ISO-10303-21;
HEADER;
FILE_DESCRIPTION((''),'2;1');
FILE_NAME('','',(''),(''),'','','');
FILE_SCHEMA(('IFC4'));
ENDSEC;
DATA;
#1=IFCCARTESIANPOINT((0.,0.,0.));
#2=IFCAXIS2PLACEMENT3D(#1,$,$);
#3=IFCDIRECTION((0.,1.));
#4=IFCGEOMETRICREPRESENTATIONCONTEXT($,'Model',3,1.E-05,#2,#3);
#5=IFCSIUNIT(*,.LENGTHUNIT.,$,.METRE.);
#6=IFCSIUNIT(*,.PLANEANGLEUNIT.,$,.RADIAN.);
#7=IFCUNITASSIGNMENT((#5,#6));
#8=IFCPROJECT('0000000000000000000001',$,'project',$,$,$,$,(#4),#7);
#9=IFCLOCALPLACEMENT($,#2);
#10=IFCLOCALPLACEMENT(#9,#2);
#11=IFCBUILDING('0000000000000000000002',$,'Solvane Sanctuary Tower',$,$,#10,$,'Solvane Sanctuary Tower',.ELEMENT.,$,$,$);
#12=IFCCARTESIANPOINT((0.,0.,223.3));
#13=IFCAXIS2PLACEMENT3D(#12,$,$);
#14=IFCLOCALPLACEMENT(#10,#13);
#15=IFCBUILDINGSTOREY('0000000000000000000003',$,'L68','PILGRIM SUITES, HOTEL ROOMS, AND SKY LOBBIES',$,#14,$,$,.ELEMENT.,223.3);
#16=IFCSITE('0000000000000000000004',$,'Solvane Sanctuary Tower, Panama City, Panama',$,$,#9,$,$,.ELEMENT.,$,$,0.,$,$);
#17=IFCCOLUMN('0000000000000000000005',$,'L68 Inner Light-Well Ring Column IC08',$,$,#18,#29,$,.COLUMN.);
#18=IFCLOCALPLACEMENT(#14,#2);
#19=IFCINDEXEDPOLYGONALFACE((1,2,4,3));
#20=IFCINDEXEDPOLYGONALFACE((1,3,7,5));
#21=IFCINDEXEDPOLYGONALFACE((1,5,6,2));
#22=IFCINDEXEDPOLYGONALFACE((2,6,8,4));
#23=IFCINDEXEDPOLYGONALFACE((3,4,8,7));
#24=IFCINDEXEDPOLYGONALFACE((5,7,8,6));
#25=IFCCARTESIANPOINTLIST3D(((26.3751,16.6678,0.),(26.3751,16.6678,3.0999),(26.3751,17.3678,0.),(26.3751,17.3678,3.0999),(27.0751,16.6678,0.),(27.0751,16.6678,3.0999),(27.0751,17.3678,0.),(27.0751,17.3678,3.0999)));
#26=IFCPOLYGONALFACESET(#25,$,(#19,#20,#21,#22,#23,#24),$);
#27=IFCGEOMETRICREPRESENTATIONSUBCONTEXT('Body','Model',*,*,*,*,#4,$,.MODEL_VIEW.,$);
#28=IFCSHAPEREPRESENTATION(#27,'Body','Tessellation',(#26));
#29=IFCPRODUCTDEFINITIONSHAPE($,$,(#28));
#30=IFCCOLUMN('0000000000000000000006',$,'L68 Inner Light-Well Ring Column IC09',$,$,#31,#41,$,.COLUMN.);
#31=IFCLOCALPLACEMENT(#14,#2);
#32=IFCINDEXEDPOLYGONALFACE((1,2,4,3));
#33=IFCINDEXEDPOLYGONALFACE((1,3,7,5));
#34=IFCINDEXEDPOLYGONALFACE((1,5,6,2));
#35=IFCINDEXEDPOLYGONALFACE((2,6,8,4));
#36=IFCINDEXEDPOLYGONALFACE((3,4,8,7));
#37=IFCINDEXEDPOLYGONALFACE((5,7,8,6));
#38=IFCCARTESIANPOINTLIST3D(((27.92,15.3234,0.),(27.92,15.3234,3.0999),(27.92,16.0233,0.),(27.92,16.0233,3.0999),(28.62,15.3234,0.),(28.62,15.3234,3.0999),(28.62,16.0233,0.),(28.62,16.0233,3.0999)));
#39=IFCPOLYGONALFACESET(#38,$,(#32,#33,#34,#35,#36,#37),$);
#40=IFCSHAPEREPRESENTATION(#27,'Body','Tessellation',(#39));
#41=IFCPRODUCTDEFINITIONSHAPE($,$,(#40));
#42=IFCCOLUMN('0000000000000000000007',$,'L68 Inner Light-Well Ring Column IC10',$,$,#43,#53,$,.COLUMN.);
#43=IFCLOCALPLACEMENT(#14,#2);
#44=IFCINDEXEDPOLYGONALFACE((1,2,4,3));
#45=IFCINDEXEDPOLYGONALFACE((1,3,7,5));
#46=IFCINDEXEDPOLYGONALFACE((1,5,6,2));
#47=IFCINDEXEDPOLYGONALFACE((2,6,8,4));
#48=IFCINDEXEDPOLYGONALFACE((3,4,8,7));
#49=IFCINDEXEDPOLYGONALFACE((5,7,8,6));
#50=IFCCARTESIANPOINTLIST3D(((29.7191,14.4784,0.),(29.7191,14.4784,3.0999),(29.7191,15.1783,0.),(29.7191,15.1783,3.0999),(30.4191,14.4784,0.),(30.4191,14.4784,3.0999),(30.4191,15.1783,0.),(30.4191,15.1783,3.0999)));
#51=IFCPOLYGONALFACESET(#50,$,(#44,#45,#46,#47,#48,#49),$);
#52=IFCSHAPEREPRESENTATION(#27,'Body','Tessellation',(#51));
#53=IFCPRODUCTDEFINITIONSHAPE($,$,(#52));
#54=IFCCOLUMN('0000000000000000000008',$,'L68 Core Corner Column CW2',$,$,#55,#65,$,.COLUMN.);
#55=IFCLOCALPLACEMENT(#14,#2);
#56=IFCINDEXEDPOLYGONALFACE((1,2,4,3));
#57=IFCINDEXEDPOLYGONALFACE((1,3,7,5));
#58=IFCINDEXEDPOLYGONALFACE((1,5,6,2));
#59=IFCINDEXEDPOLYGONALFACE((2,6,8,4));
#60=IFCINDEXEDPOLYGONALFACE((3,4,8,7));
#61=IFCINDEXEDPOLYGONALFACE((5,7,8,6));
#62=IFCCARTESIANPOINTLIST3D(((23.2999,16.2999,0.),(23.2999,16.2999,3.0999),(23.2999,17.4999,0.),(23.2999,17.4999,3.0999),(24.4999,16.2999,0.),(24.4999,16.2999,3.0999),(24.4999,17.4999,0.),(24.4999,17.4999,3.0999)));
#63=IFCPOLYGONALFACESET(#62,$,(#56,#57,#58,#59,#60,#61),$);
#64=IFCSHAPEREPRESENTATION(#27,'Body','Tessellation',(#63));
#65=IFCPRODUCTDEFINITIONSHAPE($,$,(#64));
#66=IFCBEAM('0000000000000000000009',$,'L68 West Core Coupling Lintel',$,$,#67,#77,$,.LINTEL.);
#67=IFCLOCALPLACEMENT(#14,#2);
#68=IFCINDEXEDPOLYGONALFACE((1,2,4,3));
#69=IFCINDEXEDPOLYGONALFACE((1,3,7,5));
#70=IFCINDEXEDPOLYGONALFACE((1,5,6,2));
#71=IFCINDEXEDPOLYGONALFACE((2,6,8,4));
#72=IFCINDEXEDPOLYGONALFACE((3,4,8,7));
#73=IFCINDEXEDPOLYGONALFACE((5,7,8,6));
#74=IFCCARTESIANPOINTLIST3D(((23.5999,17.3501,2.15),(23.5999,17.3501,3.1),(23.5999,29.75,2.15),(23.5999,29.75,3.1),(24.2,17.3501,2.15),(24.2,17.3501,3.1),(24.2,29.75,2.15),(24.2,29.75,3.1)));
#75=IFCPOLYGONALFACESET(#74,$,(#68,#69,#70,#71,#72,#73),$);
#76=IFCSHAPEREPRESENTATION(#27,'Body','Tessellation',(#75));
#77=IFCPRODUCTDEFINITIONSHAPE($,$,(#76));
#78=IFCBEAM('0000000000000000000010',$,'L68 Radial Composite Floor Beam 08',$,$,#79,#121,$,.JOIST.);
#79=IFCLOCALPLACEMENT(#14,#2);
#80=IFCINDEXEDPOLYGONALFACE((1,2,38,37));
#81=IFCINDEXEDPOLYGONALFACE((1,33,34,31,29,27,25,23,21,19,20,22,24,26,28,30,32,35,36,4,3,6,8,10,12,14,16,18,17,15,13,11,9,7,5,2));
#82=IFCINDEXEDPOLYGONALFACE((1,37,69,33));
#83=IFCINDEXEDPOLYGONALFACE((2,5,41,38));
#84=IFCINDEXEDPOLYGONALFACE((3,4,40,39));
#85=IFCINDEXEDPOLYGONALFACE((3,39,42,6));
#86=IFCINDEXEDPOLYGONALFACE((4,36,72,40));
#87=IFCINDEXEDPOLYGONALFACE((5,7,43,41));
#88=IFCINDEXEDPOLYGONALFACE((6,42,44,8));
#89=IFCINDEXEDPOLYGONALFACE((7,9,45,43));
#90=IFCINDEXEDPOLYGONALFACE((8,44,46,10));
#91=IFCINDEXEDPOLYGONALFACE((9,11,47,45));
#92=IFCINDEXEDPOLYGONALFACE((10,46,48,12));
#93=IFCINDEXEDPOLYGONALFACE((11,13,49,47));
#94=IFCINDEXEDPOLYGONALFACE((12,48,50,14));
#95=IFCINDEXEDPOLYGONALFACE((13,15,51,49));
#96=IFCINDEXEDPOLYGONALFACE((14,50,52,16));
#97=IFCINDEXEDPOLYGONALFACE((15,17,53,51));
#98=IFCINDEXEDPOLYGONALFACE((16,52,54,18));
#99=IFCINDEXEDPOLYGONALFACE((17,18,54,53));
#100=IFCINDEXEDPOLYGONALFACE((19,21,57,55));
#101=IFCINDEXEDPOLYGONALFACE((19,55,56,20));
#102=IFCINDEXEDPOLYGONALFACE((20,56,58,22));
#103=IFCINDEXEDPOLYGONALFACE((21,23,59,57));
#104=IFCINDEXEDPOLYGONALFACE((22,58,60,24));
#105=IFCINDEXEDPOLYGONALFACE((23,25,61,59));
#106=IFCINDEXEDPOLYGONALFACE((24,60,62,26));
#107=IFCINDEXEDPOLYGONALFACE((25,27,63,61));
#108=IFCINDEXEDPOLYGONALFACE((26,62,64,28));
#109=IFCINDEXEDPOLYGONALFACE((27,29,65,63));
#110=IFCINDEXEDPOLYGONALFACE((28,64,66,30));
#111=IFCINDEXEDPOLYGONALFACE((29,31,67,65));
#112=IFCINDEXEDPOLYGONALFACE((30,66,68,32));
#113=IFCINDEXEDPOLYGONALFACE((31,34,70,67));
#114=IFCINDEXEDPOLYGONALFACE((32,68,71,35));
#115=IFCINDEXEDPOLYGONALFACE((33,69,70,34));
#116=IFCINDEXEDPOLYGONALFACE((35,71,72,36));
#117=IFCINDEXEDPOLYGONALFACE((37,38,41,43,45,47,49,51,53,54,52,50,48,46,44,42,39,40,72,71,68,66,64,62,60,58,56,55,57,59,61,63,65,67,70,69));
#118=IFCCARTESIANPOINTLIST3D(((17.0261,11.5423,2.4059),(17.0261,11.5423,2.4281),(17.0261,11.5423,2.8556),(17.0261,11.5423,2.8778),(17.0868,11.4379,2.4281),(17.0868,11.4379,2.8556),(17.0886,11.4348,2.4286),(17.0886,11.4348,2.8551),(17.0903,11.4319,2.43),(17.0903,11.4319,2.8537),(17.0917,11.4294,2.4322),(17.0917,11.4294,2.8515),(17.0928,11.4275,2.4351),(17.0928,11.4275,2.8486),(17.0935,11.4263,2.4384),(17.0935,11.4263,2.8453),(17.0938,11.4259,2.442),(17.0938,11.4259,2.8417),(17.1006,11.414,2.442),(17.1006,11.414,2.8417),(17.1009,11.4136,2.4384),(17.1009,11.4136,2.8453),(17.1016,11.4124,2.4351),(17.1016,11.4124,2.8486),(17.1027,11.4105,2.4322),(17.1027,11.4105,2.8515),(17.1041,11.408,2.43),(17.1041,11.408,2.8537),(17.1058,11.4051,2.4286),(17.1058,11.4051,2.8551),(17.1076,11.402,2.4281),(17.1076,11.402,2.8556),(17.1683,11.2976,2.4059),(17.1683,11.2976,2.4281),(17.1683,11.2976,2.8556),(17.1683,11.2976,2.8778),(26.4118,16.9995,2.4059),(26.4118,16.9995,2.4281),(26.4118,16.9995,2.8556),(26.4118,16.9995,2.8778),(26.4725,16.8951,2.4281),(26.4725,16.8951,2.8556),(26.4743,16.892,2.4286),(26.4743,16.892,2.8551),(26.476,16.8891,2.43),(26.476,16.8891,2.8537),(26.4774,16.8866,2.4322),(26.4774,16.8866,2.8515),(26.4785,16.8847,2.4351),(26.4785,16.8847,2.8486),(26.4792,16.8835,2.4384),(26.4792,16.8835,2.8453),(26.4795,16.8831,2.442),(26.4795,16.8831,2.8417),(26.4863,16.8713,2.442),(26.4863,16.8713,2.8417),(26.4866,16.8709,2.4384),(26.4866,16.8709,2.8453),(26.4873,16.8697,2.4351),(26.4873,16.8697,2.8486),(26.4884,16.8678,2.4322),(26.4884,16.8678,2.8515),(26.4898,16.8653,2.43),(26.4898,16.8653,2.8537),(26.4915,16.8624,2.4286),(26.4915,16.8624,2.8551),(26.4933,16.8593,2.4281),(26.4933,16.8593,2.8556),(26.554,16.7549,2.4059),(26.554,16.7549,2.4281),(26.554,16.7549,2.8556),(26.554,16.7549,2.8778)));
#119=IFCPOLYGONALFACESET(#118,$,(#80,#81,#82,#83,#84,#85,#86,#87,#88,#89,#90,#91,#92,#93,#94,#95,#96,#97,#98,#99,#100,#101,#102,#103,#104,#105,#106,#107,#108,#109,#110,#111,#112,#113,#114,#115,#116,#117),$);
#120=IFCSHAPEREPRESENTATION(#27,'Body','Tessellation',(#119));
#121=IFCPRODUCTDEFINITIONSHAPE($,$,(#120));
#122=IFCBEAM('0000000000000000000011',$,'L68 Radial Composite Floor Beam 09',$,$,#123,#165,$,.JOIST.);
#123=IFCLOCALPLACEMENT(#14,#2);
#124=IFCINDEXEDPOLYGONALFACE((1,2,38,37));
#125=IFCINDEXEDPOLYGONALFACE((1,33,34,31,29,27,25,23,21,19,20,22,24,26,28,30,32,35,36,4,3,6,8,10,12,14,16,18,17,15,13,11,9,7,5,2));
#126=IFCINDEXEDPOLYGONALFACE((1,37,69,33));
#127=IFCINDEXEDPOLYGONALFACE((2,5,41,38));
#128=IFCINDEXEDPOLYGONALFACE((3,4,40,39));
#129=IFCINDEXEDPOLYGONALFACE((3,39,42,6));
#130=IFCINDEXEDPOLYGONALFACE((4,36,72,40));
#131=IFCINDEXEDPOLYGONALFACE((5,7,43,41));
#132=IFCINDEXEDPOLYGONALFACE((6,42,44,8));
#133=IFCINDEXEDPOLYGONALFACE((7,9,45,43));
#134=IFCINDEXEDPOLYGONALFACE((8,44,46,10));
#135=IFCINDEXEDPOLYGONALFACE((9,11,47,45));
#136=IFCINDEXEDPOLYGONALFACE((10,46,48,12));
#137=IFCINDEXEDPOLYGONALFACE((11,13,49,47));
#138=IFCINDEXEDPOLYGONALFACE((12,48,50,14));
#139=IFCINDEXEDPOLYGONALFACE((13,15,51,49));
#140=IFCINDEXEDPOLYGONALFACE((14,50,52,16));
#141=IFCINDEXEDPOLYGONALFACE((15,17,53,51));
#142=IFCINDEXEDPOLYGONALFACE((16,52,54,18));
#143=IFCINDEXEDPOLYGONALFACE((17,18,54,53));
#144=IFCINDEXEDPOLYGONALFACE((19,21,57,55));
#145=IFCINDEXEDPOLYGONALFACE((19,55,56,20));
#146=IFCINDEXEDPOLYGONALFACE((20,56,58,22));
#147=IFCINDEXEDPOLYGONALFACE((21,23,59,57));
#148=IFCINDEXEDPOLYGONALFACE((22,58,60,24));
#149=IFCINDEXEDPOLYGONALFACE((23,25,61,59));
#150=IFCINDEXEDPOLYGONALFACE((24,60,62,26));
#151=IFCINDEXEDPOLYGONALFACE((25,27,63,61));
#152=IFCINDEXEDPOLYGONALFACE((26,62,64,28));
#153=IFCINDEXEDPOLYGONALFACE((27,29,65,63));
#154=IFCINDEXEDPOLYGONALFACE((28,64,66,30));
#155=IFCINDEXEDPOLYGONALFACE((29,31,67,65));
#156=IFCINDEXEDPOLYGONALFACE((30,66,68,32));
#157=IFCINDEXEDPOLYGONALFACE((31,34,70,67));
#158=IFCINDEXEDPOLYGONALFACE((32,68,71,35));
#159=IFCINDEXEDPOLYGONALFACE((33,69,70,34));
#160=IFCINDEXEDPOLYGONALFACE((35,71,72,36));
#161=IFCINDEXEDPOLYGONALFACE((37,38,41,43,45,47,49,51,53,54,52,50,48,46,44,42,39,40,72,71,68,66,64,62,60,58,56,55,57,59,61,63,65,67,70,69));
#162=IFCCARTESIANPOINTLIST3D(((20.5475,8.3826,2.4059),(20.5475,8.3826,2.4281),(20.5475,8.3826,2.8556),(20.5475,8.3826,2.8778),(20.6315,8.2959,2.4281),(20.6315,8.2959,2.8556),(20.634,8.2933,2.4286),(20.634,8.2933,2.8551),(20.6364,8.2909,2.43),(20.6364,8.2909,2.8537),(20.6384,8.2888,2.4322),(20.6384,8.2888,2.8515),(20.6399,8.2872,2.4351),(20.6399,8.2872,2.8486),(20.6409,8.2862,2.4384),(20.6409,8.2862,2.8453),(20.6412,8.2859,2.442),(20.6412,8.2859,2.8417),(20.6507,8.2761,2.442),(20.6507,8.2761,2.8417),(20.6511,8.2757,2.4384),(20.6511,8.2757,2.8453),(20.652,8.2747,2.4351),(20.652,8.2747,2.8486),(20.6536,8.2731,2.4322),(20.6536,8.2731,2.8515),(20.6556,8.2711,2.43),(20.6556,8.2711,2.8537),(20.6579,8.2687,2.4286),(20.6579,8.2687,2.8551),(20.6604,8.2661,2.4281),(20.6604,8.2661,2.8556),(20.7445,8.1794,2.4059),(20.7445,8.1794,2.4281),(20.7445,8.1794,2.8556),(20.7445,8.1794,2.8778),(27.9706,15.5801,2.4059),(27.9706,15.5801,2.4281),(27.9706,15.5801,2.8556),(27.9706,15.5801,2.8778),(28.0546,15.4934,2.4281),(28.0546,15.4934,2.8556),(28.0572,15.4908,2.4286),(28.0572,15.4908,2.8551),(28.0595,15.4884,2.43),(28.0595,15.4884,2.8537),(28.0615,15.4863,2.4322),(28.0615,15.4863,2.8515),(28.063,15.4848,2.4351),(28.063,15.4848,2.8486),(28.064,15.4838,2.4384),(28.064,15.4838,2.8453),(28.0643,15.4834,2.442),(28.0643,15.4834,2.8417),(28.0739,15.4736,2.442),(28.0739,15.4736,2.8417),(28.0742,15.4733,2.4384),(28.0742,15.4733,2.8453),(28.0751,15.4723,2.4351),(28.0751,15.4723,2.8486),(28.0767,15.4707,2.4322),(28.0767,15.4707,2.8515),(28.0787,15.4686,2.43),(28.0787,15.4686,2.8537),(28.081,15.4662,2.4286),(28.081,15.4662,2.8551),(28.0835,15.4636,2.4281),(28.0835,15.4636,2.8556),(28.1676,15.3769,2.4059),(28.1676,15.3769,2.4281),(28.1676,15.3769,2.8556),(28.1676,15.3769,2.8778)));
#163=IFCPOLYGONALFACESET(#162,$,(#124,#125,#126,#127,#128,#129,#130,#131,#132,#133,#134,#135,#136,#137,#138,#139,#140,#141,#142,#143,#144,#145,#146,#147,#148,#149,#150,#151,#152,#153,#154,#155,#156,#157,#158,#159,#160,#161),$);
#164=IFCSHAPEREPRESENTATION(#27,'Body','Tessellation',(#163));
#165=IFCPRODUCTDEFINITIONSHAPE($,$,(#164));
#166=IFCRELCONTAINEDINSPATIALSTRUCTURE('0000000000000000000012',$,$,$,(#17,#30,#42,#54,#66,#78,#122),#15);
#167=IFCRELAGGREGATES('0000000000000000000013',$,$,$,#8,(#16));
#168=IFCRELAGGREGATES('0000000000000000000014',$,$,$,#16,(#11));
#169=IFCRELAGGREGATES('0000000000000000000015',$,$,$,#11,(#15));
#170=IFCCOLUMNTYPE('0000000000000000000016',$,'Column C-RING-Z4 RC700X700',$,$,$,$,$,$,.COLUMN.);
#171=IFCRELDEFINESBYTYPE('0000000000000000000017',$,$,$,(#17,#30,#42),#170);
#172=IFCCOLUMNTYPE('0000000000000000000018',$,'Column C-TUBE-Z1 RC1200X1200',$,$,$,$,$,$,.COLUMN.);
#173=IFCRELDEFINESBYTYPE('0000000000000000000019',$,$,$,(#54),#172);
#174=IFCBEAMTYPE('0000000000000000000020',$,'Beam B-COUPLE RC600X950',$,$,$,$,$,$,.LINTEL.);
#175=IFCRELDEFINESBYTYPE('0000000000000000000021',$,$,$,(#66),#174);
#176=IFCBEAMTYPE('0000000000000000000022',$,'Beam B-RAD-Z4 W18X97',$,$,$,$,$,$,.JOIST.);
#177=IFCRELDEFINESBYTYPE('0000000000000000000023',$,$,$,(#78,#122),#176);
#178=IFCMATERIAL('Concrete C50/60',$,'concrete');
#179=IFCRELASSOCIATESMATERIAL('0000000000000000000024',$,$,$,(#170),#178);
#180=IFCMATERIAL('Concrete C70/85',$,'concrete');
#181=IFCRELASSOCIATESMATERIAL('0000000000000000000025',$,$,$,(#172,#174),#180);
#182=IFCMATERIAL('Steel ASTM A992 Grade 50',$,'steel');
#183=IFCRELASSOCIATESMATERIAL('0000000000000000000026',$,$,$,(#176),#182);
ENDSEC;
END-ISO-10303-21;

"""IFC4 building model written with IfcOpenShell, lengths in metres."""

from ifc_helpers import new_model, si_unit, direction, frame, origin, origin_2d, place, context, subcontext, project, spatial, rectangle, i_section, extrude, material, material_profile, profile_set, type_object, element, save


model = new_model("IFC4")

# Units and contexts
model_context = context("Model", 3, precision=1e-05, world=origin(), true_north=direction((0.0, 1.0)))
body_context = subcontext(model_context, "Body", "Model", "MODEL_VIEW")
ifc_project = project(units=[si_unit("LENGTHUNIT", "METRE"), si_unit("PLANEANGLEUNIT", "RADIAN")], contexts=[model_context])

# Site, building, storey
site_placement = place(None, origin())
site = spatial("IfcSite", under=ifc_project, at=site_placement, Name="Solvane Sanctuary Tower, Panama City, Panama", CompositionType="ELEMENT", RefElevation=0.0)
building_placement = place(site_placement, origin())
building = spatial("IfcBuilding", under=site, at=building_placement, Name="Solvane Sanctuary Tower", LongName="Solvane Sanctuary Tower", CompositionType="ELEMENT")
storey_placement = place(building_placement, frame((0.0, 0.0, 223.3)))
storey = spatial("IfcBuildingStorey", under=building, at=storey_placement, Name="L68", Description="PILGRIM SUITES, HOTEL ROOMS, AND SKY LOBBIES", CompositionType="ELEMENT", Elevation=223.3)

# Columns
ifc_material_1 = material(Name="Concrete C50/60", Category="concrete")
ifc_material_profile_1 = material_profile(ifc_material_1, rectangle(XDim=0.7, YDim=0.7, at=origin_2d()), Name="RC700X700")
ifc_profile_set_1 = profile_set([ifc_material_profile_1], Name="Concrete C50/60")
column_type_1 = type_object("IfcColumnType", Name="Column C-RING-Z4 RC700X700", PredefinedType="COLUMN", material=ifc_profile_set_1)
for number, where, z_axis, x_axis, name in (
    (1, (26.7251, 17.0178, 0.0), (0.0, 0.0, 1.0), (1.0, 0.0, 0.0), "L68 Inner Light-Well Ring Column IC08"),
    (2, (28.27, 15.6733, 0.0), (0.0, 0.0, 1.0), (1.0, 0.0, 0.0), "L68 Inner Light-Well Ring Column IC09"),
    (3, (30.0691, 14.8284, 0.0), (0.0, 0.0, 1.0), (1.0, 0.0, 0.0), "L68 Inner Light-Well Ring Column IC10"),
):
    element("IfcColumn", number, at=place(storey_placement, frame(where, z_axis=z_axis, x_axis=x_axis)), inside=storey, type_object=column_type_1, Name=name, PredefinedType="COLUMN", context=body_context, shape_type="SweptSolid", body=[
        extrude(rectangle(XDim=0.7, YDim=0.7, at=origin_2d()), origin(), (0.0, 0.0, 1.0), 3.0999),
    ])
ifc_material_2 = material(Name="Concrete C70/85", Category="concrete")
ifc_material_profile_2 = material_profile(ifc_material_2, rectangle(XDim=1.2, YDim=1.2, at=origin_2d()), Name="RC1200X1200")
ifc_profile_set_2 = profile_set([ifc_material_profile_2], Name="Concrete C70/85")
column_type_2 = type_object("IfcColumnType", Name="Column C-TUBE-Z1 RC1200X1200", PredefinedType="COLUMN", material=ifc_profile_set_2)
column_placement = place(storey_placement, frame((23.8999, 16.8999, 0.0), z_axis=(0.0, 0.0, 1.0), x_axis=(1.0, 0.0, 0.0)))
element("IfcColumn", 4, at=column_placement, inside=storey, type_object=column_type_2, Name="L68 Core Corner Column CW2", PredefinedType="COLUMN", context=body_context, shape_type="SweptSolid", body=[
    extrude(rectangle(XDim=1.2, YDim=1.2, at=origin_2d()), origin(), (0.0, 0.0, 1.0), 3.0999),
])

# Beams
ifc_material_profile_3 = material_profile(ifc_material_2, rectangle(XDim=0.6001, YDim=0.95, at=origin_2d()), Name="RC600X950")
ifc_profile_set_3 = profile_set([ifc_material_profile_3], Name="Concrete C70/85")
beam_type_1 = type_object("IfcBeamType", Name="Beam B-COUPLE RC600X950", PredefinedType="LINTEL", material=ifc_profile_set_3)
beam_1_placement = place(storey_placement, frame((23.8999, 17.3501, 2.625), z_axis=(0.0, 1.0, 0.0), x_axis=(-1.0, 0.0, 0.0)))
element("IfcBeam", 5, at=beam_1_placement, inside=storey, type_object=beam_type_1, Name="L68 West Core Coupling Lintel", PredefinedType="LINTEL", context=body_context, shape_type="SweptSolid", body=[
    extrude(rectangle(XDim=0.6001, YDim=0.95, at=origin_2d()), origin(), (0.0, 0.0, 1.0), 12.3999),
])
ifc_material_3 = material(Name="Steel ASTM A992 Grade 50", Category="steel")
ifc_material_profile_4 = material_profile(ifc_material_3, i_section(OverallWidth=0.283, OverallDepth=0.4719, WebThickness=0.0137, FlangeThickness=0.0222, FilletRadius=0.0139, at=origin_2d()), Name="W18X97")
ifc_profile_set_4 = profile_set([ifc_material_profile_4], Name="Steel ASTM A992 Grade 50")
beam_type_2 = type_object("IfcBeamType", Name="Beam B-RAD-Z4 W18X97", PredefinedType="JOIST", material=ifc_profile_set_4)
beam_2_placement = place(storey_placement, frame((26.4829, 16.8772, 2.6418), z_axis=(-0.864489, -0.502651, 0.0), x_axis=(0.502651, -0.864489, 0.0)))
element("IfcBeam", 6, at=beam_2_placement, inside=storey, type_object=beam_type_2, Name="L68 Radial Composite Floor Beam 08", PredefinedType="JOIST", context=body_context, shape_type="SweptSolid", body=[
    extrude(i_section(OverallWidth=0.283, OverallDepth=0.4719, WebThickness=0.0137, FlangeThickness=0.0222, FilletRadius=0.0139, at=origin_2d()), origin(), (0.0, 0.0, 1.0), 10.8569),
])
beam_3_placement = place(storey_placement, frame((28.0691, 15.4785, 2.6418), z_axis=(-0.717932, -0.696114, 0.0), x_axis=(0.696114, -0.717932, 0.0)))
element("IfcBeam", 7, at=beam_3_placement, inside=storey, type_object=beam_type_2, Name="L68 Radial Composite Floor Beam 09", PredefinedType="JOIST", context=body_context, shape_type="SweptSolid", body=[
    extrude(i_section(OverallWidth=0.283, OverallDepth=0.4719, WebThickness=0.0137, FlangeThickness=0.0222, FilletRadius=0.0139, at=origin_2d()), origin(), (0.0, 0.0, 1.0), 10.3396),
])

save(model, "model.ifc")
